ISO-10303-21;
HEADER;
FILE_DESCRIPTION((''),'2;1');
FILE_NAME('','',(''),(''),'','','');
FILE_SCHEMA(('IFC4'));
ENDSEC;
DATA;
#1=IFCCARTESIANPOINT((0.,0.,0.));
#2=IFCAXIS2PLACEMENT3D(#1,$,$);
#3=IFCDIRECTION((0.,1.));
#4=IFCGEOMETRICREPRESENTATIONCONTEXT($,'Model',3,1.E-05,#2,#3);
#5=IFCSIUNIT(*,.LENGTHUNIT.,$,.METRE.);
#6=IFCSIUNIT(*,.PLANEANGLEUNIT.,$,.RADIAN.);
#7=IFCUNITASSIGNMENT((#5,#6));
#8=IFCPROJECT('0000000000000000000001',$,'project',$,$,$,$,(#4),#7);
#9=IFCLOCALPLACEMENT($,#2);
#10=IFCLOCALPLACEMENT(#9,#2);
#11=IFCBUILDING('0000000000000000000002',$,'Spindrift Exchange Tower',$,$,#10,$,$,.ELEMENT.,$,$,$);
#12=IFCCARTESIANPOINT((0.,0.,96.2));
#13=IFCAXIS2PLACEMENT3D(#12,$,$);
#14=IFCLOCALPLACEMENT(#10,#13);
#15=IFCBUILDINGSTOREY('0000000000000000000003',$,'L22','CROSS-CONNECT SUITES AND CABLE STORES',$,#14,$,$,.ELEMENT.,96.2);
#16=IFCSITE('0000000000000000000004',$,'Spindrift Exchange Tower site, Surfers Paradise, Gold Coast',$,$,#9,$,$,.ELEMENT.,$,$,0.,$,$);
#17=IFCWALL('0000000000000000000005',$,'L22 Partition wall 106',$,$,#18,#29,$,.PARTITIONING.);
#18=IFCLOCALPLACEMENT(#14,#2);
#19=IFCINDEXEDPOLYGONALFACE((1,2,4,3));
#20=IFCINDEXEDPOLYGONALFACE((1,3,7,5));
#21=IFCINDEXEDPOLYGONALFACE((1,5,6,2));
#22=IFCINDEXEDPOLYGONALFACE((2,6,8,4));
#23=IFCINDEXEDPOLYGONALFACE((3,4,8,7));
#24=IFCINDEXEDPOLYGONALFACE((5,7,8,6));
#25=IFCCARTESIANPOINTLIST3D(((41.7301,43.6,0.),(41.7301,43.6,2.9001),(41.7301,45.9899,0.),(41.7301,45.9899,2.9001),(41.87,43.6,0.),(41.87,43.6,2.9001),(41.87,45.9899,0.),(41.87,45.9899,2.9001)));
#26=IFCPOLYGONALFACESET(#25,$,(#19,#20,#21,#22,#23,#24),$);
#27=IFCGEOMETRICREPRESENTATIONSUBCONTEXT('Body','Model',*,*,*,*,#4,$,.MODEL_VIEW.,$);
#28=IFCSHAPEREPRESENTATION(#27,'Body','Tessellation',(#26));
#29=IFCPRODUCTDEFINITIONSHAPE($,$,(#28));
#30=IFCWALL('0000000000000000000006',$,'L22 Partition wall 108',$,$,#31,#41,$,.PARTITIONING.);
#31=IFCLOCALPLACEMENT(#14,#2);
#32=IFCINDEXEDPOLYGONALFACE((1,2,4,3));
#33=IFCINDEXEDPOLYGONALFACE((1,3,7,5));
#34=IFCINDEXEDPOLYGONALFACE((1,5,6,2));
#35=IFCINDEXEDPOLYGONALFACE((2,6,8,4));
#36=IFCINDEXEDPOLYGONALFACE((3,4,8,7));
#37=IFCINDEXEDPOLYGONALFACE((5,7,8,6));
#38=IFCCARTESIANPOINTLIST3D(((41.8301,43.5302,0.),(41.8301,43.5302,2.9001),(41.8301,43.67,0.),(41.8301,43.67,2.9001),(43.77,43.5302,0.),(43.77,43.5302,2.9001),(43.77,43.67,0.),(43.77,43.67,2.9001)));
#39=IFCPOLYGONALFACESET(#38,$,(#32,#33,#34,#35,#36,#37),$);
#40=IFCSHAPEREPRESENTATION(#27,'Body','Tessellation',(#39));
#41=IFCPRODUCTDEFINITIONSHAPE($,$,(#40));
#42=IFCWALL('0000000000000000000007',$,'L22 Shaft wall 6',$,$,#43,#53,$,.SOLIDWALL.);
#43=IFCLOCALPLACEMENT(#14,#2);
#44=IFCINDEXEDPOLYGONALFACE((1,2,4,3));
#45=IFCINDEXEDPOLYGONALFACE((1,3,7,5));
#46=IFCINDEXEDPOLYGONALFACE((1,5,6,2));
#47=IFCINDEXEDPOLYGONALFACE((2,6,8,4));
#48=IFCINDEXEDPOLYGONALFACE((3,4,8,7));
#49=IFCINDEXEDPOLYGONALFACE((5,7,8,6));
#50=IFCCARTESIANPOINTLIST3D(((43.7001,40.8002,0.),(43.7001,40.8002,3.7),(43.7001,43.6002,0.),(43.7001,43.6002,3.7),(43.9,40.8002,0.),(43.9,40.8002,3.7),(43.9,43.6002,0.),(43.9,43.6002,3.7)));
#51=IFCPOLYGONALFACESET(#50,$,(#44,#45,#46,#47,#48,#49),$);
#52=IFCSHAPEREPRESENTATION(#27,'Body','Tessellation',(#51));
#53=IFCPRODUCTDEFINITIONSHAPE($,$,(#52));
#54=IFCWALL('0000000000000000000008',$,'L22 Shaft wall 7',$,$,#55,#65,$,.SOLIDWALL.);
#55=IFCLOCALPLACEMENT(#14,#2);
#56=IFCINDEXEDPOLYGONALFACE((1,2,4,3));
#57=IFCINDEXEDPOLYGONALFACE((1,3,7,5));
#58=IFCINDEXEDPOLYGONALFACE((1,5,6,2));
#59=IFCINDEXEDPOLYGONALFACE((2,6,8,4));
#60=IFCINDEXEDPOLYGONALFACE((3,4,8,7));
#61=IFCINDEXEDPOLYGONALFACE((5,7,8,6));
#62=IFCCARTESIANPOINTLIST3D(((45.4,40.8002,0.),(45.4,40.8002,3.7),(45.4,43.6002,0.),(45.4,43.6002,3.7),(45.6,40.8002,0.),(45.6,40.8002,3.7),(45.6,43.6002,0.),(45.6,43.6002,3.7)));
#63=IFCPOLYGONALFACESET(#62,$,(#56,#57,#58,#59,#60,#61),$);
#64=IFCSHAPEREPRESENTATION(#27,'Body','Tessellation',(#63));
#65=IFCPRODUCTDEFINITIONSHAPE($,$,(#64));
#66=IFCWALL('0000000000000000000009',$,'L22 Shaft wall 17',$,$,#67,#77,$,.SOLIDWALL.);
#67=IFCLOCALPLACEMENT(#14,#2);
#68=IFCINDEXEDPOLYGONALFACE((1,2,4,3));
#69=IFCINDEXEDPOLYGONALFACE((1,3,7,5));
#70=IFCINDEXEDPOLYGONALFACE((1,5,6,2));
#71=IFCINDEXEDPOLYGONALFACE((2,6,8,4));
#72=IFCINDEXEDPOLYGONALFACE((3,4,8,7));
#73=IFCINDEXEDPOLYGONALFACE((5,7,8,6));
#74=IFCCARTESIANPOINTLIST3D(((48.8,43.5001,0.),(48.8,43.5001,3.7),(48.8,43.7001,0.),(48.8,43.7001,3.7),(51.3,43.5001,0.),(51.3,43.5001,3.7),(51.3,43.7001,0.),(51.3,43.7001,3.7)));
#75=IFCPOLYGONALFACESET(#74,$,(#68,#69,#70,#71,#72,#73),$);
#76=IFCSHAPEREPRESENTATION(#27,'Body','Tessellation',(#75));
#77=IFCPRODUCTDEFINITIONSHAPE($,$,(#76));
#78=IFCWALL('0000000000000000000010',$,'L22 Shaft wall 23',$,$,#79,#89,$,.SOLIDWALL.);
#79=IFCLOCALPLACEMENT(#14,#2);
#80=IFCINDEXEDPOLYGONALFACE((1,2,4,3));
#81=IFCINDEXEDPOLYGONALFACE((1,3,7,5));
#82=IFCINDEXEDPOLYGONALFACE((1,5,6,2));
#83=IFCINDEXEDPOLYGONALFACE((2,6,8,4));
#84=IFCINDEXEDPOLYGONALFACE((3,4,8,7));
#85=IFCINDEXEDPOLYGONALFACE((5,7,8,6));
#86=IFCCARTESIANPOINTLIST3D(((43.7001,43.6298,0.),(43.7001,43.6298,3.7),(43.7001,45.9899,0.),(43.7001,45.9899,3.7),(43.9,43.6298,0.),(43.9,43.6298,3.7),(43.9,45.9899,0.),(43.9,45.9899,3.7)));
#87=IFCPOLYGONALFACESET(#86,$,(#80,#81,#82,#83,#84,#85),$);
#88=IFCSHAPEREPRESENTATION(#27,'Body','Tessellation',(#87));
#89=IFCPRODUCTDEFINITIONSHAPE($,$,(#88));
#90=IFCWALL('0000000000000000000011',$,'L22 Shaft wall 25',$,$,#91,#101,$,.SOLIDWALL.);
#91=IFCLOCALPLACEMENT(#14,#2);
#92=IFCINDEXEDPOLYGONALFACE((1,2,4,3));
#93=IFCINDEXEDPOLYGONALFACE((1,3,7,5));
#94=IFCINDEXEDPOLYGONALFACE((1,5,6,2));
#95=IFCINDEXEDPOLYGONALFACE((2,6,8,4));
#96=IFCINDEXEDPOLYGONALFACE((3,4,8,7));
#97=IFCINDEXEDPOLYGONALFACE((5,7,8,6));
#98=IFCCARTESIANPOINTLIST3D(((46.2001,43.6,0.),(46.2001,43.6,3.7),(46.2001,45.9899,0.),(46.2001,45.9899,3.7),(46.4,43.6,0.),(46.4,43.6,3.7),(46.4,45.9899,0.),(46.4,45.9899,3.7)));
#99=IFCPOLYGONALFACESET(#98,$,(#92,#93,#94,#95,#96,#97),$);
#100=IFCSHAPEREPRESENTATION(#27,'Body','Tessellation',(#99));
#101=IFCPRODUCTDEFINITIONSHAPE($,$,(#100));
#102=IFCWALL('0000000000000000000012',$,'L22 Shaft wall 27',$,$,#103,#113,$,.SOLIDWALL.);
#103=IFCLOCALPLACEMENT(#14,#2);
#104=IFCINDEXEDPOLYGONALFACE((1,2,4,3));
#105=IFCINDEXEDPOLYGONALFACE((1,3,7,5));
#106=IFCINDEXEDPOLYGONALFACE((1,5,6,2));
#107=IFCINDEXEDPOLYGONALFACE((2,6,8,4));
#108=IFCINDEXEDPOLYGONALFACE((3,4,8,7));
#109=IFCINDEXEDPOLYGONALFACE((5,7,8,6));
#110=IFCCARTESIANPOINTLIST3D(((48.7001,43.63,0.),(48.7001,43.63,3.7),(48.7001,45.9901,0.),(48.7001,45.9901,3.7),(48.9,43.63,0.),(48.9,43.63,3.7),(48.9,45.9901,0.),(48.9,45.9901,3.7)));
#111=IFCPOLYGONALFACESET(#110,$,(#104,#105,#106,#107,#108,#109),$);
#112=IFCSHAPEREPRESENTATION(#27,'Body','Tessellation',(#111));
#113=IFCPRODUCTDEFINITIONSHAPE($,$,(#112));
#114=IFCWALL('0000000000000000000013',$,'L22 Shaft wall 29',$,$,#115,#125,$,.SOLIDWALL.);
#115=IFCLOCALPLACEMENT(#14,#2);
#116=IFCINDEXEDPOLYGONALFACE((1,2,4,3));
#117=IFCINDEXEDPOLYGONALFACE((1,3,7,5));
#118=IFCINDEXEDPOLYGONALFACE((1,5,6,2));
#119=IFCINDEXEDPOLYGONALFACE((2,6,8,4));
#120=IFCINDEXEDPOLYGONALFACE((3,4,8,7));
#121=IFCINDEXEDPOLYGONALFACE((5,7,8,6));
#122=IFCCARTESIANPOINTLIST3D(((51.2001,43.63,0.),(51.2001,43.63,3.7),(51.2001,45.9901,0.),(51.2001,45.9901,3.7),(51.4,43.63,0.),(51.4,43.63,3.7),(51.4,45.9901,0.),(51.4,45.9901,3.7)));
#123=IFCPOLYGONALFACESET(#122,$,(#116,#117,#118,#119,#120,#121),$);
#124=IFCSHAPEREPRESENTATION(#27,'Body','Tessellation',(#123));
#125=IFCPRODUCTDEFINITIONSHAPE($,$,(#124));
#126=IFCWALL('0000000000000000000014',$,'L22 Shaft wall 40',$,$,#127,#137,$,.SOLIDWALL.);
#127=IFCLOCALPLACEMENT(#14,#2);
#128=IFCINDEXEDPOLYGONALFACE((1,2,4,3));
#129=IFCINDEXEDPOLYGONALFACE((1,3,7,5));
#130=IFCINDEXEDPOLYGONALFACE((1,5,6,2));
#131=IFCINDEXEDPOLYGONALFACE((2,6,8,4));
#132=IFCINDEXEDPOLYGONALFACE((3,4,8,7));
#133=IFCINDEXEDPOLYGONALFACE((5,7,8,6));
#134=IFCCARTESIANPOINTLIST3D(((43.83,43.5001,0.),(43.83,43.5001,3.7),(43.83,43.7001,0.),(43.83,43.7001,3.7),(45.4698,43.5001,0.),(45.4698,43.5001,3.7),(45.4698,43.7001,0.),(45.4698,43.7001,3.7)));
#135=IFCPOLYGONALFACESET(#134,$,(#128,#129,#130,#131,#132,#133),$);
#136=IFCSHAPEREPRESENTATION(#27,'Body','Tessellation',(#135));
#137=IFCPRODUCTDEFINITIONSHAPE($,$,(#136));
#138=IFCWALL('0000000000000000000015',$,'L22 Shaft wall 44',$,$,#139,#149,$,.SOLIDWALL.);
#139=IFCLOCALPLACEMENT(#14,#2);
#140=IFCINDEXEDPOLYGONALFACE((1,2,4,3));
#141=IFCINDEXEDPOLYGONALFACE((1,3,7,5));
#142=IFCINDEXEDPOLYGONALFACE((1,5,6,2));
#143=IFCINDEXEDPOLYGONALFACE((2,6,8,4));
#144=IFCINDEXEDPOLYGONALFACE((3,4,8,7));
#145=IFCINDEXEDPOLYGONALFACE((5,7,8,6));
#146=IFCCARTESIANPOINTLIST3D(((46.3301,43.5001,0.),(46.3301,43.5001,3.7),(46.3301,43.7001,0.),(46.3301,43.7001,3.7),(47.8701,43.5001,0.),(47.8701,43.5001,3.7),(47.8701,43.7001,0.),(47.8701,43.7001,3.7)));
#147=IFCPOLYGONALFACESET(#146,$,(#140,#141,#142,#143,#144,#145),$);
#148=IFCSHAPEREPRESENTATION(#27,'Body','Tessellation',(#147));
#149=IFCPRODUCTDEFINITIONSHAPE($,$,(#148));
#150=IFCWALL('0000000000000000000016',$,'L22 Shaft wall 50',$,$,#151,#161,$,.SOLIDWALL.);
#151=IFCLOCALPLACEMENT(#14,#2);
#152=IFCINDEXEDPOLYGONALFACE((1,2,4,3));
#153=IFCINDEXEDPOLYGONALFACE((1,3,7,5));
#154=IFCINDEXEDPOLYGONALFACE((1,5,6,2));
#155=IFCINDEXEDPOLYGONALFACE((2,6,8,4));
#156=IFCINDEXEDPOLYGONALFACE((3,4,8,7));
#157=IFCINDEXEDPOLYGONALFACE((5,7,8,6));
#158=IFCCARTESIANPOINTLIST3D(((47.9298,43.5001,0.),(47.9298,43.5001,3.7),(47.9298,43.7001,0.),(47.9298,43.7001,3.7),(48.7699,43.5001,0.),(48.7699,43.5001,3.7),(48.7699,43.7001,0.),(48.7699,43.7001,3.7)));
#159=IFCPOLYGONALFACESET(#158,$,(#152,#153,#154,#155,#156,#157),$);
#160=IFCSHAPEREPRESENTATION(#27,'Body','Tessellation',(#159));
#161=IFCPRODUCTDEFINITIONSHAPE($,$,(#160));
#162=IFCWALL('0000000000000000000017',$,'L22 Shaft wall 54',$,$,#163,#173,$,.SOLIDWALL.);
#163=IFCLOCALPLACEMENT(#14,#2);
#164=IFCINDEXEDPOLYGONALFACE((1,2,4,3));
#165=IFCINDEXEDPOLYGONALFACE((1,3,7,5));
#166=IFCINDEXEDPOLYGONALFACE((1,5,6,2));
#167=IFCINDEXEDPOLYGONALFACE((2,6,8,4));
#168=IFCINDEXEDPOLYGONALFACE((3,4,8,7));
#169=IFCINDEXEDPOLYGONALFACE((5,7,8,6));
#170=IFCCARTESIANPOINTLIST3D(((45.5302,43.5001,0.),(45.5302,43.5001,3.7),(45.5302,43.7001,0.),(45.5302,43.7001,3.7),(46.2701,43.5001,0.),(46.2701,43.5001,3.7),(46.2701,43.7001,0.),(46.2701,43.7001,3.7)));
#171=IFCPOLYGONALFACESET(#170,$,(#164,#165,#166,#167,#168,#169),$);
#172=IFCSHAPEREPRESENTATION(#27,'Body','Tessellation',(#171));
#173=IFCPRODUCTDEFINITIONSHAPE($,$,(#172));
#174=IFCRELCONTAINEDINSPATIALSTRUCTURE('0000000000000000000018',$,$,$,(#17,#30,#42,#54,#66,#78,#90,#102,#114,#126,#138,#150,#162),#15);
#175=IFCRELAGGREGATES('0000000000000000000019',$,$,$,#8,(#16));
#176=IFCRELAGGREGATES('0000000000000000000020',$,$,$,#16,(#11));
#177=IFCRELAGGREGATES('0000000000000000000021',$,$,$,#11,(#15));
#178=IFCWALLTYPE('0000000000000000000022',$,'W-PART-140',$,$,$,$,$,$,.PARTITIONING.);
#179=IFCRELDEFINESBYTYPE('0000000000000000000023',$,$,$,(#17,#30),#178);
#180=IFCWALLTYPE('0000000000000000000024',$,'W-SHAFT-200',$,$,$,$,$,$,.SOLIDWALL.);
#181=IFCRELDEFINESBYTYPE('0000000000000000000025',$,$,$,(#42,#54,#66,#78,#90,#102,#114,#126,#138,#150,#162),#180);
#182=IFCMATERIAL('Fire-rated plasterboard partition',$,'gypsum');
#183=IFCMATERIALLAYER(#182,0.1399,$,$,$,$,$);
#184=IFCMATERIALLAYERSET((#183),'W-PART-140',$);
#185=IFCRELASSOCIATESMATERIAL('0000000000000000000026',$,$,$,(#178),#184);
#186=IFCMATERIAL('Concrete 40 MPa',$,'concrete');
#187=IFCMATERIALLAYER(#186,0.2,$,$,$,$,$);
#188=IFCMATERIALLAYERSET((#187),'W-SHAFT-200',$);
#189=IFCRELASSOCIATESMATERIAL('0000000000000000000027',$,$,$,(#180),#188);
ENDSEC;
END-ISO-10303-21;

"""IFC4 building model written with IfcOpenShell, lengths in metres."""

from ifc_helpers import new_model, si_unit, direction, frame, frame_2d, origin, place, context, subcontext, project, spatial, rectangle, extrude, material, layer, layer_set, type_object, element, save


model = new_model("IFC4")

# Units and contexts
model_context = context("Model", 3, precision=1e-05, world=origin(), true_north=direction((0.0, 1.0)))
body_context = subcontext(model_context, "Body", "Model", "MODEL_VIEW")
ifc_project = project(units=[si_unit("LENGTHUNIT", "METRE"), si_unit("PLANEANGLEUNIT", "RADIAN")], contexts=[model_context])

# Site, building, storey
site_placement = place(None, origin())
site = spatial("IfcSite", under=ifc_project, at=site_placement, Name="Spindrift Exchange Tower site, Surfers Paradise, Gold Coast", CompositionType="ELEMENT", RefElevation=0.0)
building_placement = place(site_placement, origin())
building = spatial("IfcBuilding", under=site, at=building_placement, Name="Spindrift Exchange Tower", CompositionType="ELEMENT")
storey_placement = place(building_placement, frame((0.0, 0.0, 96.2)))
storey = spatial("IfcBuildingStorey", under=building, at=storey_placement, Name="L22", Description="CROSS-CONNECT SUITES AND CABLE STORES", CompositionType="ELEMENT", Elevation=96.2)

# Walls
ifc_material_1 = material(Name="Fire-rated plasterboard partition", Category="gypsum")
ifc_layer_1 = layer(ifc_material_1, 0.1399)
ifc_layer_set_1 = layer_set([ifc_layer_1], Name="W-PART-140")
wall_type_1 = type_object("IfcWallType", Name="W-PART-140", PredefinedType="PARTITIONING", material=ifc_layer_set_1)
wall_1_placement = place(storey_placement, frame((41.8, 43.6001, 0.0), z_axis=(0.0, 0.0, 1.0), x_axis=(0.0, 1.0, 0.0)))
element("IfcWall", 1, at=wall_1_placement, inside=storey, type_object=wall_type_1, Name="L22 Partition wall 106", PredefinedType="PARTITIONING", context=body_context, shape_type="SweptSolid", body=[
    extrude(rectangle(XDim=2.3899, YDim=0.1399, at=frame_2d((1.1948, 0.0))), origin(), (0.0, 0.0, 1.0), 2.9001),
])
wall_2_placement = place(storey_placement, frame((43.77, 43.6001, 0.0), z_axis=(0.0, 0.0, 1.0), x_axis=(-1.0, 0.0, 0.0)))
element("IfcWall", 2, at=wall_2_placement, inside=storey, type_object=wall_type_1, Name="L22 Partition wall 108", PredefinedType="PARTITIONING", context=body_context, shape_type="SweptSolid", body=[
    extrude(rectangle(XDim=1.9399, YDim=0.1399, at=frame_2d((0.97, 0.0))), origin(), (0.0, 0.0, 1.0), 2.9001),
])
ifc_material_2 = material(Name="Concrete 40 MPa", Category="concrete")
ifc_layer_2 = layer(ifc_material_2, 0.2)
ifc_layer_set_2 = layer_set([ifc_layer_2], Name="W-SHAFT-200")
wall_type_2 = type_object("IfcWallType", Name="W-SHAFT-200", PredefinedType="SOLIDWALL", material=ifc_layer_set_2)
for number, where, z_axis, x_axis, name in (
    (3, (43.8, 43.6001, 0.0), (0.0, 0.0, 1.0), (0.0, -1.0, 0.0), "L22 Shaft wall 6"),
    (4, (45.5, 43.6001, 0.0), (0.0, 0.0, 1.0), (0.0, -1.0, 0.0), "L22 Shaft wall 7"),
):
    element("IfcWall", number, at=place(storey_placement, frame(where, z_axis=z_axis, x_axis=x_axis)), inside=storey, type_object=wall_type_2, Name=name, PredefinedType="SOLIDWALL", context=body_context, shape_type="SweptSolid", body=[
        extrude(rectangle(XDim=2.8, YDim=0.2, at=frame_2d((1.3999, 0.0))), origin(), (0.0, 0.0, 1.0), 3.7),
    ])
wall_3_placement = place(storey_placement, frame((48.8, 43.6001, 0.0), z_axis=(0.0, 0.0, 1.0), x_axis=(1.0, 0.0, 0.0)))
element("IfcWall", 5, at=wall_3_placement, inside=storey, type_object=wall_type_2, Name="L22 Shaft wall 17", PredefinedType="SOLIDWALL", context=body_context, shape_type="SweptSolid", body=[
    extrude(rectangle(XDim=2.5, YDim=0.2, at=frame_2d((1.25, 0.0))), origin(), (0.0, 0.0, 1.0), 3.7),
])
wall_4_placement = place(storey_placement, frame((43.8, 45.99, 0.0), z_axis=(0.0, 0.0, 1.0), x_axis=(0.0, -1.0, 0.0)))
element("IfcWall", 6, at=wall_4_placement, inside=storey, type_object=wall_type_2, Name="L22 Shaft wall 23", PredefinedType="SOLIDWALL", context=body_context, shape_type="SweptSolid", body=[
    extrude(rectangle(XDim=2.3601, YDim=0.2, at=frame_2d((1.1802, 0.0))), origin(), (0.0, 0.0, 1.0), 3.7),
])
wall_5_placement = place(storey_placement, frame((46.3, 43.6001, 0.0), z_axis=(0.0, 0.0, 1.0), x_axis=(0.0, 1.0, 0.0)))
element("IfcWall", 7, at=wall_5_placement, inside=storey, type_object=wall_type_2, Name="L22 Shaft wall 25", PredefinedType="SOLIDWALL", context=body_context, shape_type="SweptSolid", body=[
    extrude(rectangle(XDim=2.3899, YDim=0.2, at=frame_2d((1.1948, 0.0))), origin(), (0.0, 0.0, 1.0), 3.7),
])
for number, where, z_axis, x_axis, name in (
    (8, (48.8, 43.6299, 0.0), (0.0, 0.0, 1.0), (0.0, 1.0, 0.0), "L22 Shaft wall 27"),
    (9, (51.3, 43.6299, 0.0), (0.0, 0.0, 1.0), (0.0, 1.0, 0.0), "L22 Shaft wall 29"),
):
    element("IfcWall", number, at=place(storey_placement, frame(where, z_axis=z_axis, x_axis=x_axis)), inside=storey, type_object=wall_type_2, Name=name, PredefinedType="SOLIDWALL", context=body_context, shape_type="SweptSolid", body=[
        extrude(rectangle(XDim=2.3601, YDim=0.2, at=frame_2d((1.1802, 0.0))), origin(), (0.0, 0.0, 1.0), 3.7),
    ])
wall_6_placement = place(storey_placement, frame((43.8301, 43.6001, 0.0), z_axis=(0.0, 0.0, 1.0), x_axis=(1.0, 0.0, 0.0)))
element("IfcWall", 10, at=wall_6_placement, inside=storey, type_object=wall_type_2, Name="L22 Shaft wall 40", PredefinedType="SOLIDWALL", context=body_context, shape_type="SweptSolid", body=[
    extrude(rectangle(XDim=1.6399, YDim=0.2, at=frame_2d((0.8198, 0.0))), origin(), (0.0, 0.0, 1.0), 3.7),
])
wall_7_placement = place(storey_placement, frame((46.3301, 43.6001, 0.0), z_axis=(0.0, 0.0, 1.0), x_axis=(1.0, 0.0, 0.0)))
element("IfcWall", 11, at=wall_7_placement, inside=storey, type_object=wall_type_2, Name="L22 Shaft wall 44", PredefinedType="SOLIDWALL", context=body_context, shape_type="SweptSolid", body=[
    extrude(rectangle(XDim=1.54, YDim=0.2, at=frame_2d((0.77, 0.0))), origin(), (0.0, 0.0, 1.0), 3.7),
])
wall_8_placement = place(storey_placement, frame((47.9299, 43.6001, 0.0), z_axis=(0.0, 0.0, 1.0), x_axis=(1.0, 0.0, 0.0)))
element("IfcWall", 12, at=wall_8_placement, inside=storey, type_object=wall_type_2, Name="L22 Shaft wall 50", PredefinedType="SOLIDWALL", context=body_context, shape_type="SweptSolid", body=[
    extrude(rectangle(XDim=0.8401, YDim=0.2, at=frame_2d((0.4199, 0.0))), origin(), (0.0, 0.0, 1.0), 3.7),
])
wall_9_placement = place(storey_placement, frame((45.53, 43.6001, 0.0), z_axis=(0.0, 0.0, 1.0), x_axis=(1.0, 0.0, 0.0)))
element("IfcWall", 13, at=wall_9_placement, inside=storey, type_object=wall_type_2, Name="L22 Shaft wall 54", PredefinedType="SOLIDWALL", context=body_context, shape_type="SweptSolid", body=[
    extrude(rectangle(XDim=0.74, YDim=0.2, at=frame_2d((0.3701, 0.0))), origin(), (0.0, 0.0, 1.0), 3.7),
])

save(model, "model.ifc")
